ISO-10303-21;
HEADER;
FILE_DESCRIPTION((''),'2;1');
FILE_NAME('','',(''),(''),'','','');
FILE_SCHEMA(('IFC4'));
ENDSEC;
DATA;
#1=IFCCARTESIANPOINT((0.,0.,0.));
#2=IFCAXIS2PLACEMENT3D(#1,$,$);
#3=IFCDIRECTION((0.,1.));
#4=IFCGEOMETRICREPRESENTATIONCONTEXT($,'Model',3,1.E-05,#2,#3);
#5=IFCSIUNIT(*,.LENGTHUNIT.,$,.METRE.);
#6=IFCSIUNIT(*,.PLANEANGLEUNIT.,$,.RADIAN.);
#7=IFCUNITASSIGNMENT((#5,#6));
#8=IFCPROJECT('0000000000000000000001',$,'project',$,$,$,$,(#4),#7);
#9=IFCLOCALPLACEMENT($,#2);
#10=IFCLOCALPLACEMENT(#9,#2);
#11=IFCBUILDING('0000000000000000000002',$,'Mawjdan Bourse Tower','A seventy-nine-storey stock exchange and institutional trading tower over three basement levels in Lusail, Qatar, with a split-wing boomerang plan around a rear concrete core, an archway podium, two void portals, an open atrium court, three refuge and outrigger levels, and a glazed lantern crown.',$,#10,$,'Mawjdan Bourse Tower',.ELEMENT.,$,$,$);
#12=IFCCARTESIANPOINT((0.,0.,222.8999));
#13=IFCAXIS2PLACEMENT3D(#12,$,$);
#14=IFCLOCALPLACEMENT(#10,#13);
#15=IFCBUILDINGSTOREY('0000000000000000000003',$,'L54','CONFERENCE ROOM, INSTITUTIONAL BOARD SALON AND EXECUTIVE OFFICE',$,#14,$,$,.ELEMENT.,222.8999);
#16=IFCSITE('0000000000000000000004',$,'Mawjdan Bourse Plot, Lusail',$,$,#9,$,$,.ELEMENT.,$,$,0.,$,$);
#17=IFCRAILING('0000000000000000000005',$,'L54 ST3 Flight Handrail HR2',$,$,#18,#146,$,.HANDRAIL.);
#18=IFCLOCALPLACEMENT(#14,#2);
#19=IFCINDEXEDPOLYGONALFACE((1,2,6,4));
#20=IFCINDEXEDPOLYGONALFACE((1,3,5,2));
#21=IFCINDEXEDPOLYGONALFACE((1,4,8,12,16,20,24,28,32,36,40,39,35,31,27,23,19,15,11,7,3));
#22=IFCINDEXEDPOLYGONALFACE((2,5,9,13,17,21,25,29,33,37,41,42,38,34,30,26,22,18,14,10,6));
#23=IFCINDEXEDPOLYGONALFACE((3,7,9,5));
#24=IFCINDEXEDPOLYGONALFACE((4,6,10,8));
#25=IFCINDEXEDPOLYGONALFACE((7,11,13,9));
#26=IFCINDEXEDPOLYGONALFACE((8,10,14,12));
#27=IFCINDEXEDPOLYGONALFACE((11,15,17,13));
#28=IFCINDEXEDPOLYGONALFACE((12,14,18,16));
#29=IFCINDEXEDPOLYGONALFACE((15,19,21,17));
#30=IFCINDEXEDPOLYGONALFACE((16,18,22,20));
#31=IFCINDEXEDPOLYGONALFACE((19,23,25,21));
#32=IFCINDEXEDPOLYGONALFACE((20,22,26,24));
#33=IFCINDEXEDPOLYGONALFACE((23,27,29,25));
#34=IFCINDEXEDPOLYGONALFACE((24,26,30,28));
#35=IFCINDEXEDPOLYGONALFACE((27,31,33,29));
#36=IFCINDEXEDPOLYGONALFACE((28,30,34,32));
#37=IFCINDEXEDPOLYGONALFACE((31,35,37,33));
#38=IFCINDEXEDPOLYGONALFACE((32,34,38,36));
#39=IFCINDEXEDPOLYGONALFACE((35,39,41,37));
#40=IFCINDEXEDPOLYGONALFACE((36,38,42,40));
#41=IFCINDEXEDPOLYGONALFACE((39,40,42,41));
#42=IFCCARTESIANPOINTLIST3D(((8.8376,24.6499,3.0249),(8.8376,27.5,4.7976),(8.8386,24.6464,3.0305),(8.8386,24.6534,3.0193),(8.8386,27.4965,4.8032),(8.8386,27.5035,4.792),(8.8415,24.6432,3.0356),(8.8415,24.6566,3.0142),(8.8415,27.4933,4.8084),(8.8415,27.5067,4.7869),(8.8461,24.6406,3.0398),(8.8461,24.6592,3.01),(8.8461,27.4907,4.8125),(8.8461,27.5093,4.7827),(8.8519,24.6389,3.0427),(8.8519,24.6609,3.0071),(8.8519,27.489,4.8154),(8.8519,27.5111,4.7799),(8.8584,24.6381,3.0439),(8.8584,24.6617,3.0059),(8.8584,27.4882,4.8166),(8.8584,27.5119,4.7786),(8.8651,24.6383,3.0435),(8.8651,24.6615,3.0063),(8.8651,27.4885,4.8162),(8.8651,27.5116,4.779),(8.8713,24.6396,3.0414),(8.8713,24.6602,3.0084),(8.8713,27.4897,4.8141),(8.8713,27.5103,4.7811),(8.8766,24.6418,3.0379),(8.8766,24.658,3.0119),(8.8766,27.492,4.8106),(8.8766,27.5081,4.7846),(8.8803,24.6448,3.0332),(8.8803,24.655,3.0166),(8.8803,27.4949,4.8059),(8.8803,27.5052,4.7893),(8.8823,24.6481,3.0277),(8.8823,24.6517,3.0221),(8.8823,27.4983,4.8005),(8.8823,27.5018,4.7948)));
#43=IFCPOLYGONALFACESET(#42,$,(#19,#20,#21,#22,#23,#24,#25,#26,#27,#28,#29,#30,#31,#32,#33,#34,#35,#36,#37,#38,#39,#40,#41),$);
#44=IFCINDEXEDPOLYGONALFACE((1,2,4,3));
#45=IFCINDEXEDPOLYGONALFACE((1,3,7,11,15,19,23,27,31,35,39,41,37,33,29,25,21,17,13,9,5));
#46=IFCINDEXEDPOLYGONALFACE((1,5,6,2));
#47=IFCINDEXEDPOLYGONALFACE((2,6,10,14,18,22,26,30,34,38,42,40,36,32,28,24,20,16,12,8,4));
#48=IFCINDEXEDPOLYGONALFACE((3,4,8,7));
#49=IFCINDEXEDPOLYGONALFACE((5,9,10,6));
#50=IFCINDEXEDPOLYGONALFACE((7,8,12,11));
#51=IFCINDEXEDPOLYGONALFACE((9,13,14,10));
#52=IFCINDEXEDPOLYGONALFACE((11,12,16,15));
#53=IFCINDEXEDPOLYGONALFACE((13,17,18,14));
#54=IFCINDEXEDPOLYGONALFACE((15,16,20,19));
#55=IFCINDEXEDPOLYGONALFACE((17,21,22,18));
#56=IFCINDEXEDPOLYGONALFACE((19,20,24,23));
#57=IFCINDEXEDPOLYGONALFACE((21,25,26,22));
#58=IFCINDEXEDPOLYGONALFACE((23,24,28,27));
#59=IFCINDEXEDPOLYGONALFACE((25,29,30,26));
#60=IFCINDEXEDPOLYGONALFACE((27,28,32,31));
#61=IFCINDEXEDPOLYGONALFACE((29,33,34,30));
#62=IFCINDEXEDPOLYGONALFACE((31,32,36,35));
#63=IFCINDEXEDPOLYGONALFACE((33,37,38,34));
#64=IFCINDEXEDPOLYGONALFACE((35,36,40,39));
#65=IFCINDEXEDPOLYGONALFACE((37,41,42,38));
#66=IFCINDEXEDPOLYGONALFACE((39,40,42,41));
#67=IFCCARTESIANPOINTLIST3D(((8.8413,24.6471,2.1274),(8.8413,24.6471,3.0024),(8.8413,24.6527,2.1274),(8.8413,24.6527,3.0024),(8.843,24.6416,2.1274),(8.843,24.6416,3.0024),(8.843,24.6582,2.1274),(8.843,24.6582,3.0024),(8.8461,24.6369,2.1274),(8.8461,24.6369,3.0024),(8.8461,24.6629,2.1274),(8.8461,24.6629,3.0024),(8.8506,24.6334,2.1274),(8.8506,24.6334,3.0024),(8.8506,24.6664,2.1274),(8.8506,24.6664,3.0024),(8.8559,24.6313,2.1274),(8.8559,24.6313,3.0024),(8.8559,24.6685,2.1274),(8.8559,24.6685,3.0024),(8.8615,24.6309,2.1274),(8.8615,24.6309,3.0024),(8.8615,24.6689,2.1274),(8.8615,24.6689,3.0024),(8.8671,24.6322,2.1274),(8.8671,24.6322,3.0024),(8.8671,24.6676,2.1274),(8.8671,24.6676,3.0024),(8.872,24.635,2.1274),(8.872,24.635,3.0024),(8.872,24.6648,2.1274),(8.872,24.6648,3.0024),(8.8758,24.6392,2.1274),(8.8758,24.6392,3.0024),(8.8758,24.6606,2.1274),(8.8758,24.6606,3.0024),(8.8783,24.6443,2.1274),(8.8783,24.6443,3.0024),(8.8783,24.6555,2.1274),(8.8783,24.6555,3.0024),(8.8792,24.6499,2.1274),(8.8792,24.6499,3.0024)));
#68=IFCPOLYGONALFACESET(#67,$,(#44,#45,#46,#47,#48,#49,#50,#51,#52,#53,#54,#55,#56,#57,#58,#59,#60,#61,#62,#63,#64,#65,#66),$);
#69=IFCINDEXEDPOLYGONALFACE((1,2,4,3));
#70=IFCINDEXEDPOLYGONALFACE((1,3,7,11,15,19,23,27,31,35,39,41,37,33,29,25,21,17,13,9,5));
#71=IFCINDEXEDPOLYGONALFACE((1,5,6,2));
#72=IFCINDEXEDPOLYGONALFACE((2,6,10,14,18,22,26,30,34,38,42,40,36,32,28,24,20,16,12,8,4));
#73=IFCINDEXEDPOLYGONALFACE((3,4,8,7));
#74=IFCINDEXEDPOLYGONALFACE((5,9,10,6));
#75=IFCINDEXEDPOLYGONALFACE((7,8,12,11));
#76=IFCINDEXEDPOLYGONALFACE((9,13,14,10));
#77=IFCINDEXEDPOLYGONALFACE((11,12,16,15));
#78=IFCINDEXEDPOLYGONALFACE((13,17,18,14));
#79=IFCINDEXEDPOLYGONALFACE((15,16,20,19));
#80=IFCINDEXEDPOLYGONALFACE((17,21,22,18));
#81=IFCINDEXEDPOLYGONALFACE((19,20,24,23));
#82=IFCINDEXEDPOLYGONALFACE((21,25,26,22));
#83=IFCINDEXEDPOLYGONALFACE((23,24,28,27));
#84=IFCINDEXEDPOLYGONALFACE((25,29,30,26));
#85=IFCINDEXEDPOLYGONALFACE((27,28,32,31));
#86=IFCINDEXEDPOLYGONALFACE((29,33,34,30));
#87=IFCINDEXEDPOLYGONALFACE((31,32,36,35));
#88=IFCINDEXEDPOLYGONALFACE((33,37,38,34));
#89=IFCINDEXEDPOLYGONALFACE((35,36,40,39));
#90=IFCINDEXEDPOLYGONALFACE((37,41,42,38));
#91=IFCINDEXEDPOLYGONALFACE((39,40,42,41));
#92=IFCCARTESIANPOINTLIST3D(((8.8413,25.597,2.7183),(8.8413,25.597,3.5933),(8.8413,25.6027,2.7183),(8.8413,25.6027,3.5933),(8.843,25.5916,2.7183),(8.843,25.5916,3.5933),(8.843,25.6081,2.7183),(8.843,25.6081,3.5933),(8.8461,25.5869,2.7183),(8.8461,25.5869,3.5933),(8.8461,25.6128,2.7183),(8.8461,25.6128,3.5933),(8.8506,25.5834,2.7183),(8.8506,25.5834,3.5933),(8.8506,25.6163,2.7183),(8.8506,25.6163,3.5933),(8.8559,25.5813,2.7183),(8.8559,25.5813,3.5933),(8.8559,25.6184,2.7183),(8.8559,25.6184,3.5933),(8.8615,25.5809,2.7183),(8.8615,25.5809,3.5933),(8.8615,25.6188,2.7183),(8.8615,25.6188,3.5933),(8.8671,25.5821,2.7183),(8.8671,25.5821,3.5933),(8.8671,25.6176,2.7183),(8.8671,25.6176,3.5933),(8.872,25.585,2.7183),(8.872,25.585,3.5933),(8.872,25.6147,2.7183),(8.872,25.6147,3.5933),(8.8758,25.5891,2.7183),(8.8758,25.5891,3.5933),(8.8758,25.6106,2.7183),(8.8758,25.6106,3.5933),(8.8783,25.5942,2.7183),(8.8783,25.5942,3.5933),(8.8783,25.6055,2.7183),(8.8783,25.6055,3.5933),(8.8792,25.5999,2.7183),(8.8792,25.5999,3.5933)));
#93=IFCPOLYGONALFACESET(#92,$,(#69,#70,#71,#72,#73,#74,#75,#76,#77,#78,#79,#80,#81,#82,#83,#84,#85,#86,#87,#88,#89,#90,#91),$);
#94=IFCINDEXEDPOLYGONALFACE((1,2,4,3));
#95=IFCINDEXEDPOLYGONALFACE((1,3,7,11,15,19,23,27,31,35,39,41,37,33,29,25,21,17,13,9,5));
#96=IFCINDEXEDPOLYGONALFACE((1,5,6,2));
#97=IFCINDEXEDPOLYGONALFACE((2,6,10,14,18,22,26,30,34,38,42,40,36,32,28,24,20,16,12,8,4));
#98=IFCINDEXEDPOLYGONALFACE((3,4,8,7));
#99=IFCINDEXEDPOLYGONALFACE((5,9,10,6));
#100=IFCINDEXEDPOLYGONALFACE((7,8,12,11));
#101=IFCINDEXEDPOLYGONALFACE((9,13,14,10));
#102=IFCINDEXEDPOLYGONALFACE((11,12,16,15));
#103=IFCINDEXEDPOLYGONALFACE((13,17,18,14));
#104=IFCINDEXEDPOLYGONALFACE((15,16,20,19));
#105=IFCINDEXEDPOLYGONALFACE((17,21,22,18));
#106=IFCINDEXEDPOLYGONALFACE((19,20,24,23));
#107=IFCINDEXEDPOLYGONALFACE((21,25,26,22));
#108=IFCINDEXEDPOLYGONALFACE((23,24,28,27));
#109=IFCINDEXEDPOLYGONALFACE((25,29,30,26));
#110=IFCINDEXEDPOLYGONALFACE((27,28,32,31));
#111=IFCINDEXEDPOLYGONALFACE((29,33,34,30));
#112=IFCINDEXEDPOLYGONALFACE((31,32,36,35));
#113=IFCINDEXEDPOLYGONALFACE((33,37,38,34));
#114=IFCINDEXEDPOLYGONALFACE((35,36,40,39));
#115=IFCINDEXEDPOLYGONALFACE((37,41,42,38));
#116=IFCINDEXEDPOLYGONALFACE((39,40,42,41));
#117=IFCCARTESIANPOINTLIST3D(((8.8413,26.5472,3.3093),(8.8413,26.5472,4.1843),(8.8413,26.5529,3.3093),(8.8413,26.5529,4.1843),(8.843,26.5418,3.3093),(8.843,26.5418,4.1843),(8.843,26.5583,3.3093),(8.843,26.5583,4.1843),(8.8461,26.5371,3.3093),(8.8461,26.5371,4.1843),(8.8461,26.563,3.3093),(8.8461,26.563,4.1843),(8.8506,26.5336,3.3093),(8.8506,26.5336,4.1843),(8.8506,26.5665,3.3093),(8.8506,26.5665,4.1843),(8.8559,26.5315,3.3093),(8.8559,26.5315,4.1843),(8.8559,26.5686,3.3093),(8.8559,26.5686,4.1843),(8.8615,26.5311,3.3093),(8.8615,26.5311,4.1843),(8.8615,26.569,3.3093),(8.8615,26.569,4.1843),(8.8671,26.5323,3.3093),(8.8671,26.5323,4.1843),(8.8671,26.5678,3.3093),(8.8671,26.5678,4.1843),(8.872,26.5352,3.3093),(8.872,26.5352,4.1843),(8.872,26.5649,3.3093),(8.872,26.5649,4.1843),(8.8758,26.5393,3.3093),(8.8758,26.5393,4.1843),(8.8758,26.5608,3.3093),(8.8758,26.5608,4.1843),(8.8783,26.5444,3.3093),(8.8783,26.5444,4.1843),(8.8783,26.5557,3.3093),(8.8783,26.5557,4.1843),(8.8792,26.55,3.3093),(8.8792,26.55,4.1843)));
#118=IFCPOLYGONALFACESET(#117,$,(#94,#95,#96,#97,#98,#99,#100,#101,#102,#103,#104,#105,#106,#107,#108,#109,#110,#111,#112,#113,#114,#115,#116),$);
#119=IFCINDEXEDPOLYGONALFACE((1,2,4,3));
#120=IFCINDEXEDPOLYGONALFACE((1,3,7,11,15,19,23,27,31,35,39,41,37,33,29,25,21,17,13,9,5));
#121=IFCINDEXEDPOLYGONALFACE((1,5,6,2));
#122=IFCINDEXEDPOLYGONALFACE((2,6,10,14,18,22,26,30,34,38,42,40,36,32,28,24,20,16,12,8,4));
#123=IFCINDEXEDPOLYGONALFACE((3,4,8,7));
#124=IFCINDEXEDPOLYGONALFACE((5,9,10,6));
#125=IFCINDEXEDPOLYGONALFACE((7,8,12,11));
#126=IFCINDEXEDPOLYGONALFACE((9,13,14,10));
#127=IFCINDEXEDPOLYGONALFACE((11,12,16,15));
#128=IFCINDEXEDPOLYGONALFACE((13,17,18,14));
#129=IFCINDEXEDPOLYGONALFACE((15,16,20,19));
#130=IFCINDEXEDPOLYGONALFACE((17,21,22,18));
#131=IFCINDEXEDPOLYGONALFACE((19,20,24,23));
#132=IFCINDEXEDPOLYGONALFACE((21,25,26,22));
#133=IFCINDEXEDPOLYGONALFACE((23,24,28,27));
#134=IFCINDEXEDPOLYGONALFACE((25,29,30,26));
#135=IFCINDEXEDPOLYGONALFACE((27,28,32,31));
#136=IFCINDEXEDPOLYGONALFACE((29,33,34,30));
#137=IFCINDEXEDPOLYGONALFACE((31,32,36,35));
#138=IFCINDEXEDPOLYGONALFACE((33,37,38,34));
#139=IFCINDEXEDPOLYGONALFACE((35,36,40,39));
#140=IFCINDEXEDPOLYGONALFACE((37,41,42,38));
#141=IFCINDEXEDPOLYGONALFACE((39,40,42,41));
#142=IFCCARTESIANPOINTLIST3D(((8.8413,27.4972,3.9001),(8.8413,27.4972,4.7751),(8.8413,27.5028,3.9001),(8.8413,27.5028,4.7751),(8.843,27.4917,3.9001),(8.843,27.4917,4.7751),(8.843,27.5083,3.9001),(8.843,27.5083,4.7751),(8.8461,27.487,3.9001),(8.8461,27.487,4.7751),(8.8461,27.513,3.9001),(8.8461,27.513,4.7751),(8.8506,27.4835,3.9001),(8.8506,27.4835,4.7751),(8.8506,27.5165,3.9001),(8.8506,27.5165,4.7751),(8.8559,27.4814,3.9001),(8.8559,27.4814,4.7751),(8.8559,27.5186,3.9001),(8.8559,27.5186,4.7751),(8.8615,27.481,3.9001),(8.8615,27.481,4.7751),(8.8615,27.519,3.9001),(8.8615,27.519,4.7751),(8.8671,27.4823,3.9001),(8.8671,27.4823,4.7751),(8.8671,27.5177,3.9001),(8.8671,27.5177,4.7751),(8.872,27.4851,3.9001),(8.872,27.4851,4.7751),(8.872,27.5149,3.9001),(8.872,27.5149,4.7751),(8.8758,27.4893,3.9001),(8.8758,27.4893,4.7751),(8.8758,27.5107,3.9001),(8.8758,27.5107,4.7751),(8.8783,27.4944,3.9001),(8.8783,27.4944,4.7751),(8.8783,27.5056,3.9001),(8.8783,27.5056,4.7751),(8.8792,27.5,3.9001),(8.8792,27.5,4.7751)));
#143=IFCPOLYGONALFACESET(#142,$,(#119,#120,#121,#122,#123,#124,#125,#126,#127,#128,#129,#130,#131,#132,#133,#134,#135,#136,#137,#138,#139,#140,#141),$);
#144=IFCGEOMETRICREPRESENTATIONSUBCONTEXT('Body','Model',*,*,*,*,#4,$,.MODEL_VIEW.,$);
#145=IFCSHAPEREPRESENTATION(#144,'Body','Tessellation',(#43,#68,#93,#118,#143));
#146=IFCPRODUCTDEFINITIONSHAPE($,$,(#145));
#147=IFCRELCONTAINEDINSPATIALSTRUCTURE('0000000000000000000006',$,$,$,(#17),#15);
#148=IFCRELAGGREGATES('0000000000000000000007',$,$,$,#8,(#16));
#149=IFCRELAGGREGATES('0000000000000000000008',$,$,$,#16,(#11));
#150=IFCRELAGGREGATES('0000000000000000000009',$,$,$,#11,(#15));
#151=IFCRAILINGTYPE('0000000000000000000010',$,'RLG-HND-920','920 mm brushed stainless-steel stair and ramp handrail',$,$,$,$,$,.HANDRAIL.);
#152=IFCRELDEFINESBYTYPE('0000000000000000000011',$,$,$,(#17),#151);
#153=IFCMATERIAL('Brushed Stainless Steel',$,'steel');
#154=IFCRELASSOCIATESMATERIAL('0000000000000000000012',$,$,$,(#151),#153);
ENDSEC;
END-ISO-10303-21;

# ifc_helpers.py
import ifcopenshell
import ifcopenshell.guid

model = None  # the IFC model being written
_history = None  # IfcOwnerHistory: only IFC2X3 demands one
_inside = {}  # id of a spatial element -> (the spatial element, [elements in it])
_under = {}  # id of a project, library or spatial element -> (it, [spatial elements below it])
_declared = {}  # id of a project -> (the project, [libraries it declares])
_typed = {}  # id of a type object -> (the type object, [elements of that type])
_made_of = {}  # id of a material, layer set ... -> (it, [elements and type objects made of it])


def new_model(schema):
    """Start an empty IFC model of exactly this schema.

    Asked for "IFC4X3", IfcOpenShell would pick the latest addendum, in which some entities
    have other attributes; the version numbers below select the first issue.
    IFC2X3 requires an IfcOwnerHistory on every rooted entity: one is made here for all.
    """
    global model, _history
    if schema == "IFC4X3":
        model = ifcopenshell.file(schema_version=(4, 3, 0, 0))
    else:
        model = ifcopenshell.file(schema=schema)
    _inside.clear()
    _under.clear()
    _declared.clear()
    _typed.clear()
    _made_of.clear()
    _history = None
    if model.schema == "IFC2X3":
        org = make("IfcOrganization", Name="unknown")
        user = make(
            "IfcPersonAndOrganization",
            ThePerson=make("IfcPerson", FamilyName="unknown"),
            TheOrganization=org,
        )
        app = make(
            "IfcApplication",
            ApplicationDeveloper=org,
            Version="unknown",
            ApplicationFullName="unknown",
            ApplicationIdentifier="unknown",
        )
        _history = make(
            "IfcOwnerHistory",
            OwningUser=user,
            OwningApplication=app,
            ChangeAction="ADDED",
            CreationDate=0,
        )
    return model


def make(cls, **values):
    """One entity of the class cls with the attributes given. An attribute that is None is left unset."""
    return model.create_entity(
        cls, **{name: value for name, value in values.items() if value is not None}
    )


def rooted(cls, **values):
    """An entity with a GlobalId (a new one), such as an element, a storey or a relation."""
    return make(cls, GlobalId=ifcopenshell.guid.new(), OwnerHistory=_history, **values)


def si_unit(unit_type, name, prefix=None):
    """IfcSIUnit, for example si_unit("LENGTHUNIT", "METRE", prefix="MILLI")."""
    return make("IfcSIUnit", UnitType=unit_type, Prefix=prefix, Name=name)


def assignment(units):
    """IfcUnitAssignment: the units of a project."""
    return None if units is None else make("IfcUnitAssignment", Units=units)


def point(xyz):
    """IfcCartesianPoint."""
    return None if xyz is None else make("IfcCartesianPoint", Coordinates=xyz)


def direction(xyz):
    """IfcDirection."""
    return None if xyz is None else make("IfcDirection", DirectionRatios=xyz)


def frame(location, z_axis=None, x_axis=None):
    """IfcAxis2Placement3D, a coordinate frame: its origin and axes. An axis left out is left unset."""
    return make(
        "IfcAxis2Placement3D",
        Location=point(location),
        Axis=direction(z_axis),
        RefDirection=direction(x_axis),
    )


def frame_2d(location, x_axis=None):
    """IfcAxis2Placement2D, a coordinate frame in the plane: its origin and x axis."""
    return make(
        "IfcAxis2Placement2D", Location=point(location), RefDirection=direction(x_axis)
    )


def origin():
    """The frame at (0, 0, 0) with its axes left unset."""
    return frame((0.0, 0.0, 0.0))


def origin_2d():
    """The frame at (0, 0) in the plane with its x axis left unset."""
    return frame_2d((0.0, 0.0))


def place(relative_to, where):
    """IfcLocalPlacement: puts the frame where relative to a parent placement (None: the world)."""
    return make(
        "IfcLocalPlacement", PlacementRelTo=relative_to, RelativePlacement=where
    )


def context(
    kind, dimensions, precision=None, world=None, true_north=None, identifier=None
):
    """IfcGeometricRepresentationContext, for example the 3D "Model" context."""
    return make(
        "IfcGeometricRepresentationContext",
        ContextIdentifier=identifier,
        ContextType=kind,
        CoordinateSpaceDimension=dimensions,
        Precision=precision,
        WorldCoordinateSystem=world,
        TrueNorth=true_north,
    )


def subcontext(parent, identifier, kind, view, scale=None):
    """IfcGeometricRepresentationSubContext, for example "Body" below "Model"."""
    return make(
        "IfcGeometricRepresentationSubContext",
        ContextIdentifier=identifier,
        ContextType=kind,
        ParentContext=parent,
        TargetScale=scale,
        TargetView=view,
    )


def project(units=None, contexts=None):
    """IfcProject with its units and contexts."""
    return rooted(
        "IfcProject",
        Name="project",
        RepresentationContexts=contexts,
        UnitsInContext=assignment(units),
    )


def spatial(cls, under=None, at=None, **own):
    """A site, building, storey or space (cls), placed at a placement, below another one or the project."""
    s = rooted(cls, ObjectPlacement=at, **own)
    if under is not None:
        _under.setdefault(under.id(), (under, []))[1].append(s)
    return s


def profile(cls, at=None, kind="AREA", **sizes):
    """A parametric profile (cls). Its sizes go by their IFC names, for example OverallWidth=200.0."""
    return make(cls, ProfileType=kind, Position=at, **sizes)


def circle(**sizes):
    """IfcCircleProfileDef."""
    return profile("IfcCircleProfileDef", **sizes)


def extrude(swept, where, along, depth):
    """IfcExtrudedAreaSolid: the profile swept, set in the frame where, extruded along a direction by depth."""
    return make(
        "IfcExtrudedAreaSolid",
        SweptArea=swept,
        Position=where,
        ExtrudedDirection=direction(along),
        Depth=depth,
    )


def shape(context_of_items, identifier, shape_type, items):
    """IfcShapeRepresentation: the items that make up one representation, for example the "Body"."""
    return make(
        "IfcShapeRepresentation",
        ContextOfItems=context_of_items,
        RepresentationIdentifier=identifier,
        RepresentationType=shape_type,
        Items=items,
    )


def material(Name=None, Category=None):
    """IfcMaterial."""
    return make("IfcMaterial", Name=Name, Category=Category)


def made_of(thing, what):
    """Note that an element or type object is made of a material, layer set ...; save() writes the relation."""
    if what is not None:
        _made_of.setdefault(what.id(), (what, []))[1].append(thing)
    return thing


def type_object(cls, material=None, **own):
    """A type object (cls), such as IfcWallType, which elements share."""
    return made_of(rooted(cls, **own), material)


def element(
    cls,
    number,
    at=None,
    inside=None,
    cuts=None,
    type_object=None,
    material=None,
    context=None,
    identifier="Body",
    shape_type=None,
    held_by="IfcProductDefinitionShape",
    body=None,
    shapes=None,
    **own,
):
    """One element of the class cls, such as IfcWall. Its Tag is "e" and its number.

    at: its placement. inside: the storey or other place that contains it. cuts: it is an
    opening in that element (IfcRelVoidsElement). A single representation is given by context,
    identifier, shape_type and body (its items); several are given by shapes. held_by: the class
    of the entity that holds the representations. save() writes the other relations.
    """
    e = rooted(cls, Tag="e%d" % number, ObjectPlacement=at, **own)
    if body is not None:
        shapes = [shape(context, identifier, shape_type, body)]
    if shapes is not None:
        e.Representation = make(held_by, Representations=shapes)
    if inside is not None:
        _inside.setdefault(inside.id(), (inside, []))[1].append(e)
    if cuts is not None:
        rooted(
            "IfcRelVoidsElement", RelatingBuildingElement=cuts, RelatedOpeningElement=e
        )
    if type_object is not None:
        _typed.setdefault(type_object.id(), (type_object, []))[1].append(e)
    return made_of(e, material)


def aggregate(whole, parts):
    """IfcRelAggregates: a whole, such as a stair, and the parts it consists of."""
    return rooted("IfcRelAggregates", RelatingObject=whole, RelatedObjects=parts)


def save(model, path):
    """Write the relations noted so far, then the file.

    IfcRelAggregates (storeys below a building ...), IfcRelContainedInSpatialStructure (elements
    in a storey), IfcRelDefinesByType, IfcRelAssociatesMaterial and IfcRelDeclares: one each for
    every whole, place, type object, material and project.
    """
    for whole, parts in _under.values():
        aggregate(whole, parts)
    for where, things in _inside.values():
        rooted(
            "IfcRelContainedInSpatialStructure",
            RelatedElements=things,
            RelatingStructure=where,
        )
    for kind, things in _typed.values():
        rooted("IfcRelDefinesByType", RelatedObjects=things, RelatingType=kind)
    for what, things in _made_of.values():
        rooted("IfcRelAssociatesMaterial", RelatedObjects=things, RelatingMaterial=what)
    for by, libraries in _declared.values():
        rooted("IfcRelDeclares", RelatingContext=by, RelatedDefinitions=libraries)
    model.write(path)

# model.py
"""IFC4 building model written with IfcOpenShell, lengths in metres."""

from ifc_helpers import new_model, si_unit, direction, frame, origin, origin_2d, place, context, subcontext, project, spatial, circle, extrude, material, type_object, element, save


model = new_model("IFC4")

# Units and contexts
model_context = context("Model", 3, precision=1e-05, world=origin(), true_north=direction((0.0, 1.0)))
body_context = subcontext(model_context, "Body", "Model", "MODEL_VIEW")
ifc_project = project(units=[si_unit("LENGTHUNIT", "METRE"), si_unit("PLANEANGLEUNIT", "RADIAN")], contexts=[model_context])

# Site, building, storey
site_placement = place(None, origin())
site = spatial("IfcSite", under=ifc_project, at=site_placement, Name="Mawjdan Bourse Plot, Lusail", CompositionType="ELEMENT", RefElevation=0.0)
building_placement = place(site_placement, origin())
building = spatial("IfcBuilding", under=site, at=building_placement, Name="Mawjdan Bourse Tower", Description="A seventy-nine-storey stock exchange and institutional trading tower over three basement levels in Lusail, Qatar, with a split-wing boomerang plan around a rear concrete core, an archway podium, two void portals, an open atrium court, three refuge and outrigger levels, and a glazed lantern crown.", LongName="Mawjdan Bourse Tower", CompositionType="ELEMENT")
storey_placement = place(building_placement, frame((0.0, 0.0, 222.8999)))
storey = spatial("IfcBuildingStorey", under=building, at=storey_placement, Name="L54", Description="CONFERENCE ROOM, INSTITUTIONAL BOARD SALON AND EXECUTIVE OFFICE", CompositionType="ELEMENT", Elevation=222.8999)

# Shared definitions
ifc_material_1 = material(Name="Brushed Stainless Steel", Category="steel")

# Railing
railing_type_1 = type_object("IfcRailingType", Name="RLG-HND-920", Description="920 mm brushed stainless-steel stair and ramp handrail", PredefinedType="HANDRAIL", material=ifc_material_1)
railing_1_placement = place(storey_placement, frame((8.8601, 24.6499, 2.1274)))
element("IfcRailing", 1, at=railing_1_placement, inside=storey, type_object=railing_type_1, Name="L54 ST3 Flight Handrail HR2", PredefinedType="HANDRAIL", context=body_context, shape_type="SweptSolid", body=[
    extrude(circle(Radius=0.0225, at=origin_2d()), frame((0.0, 0.0, 0.8975), z_axis=(0.0, 0.849149, 0.528154), x_axis=(-1.0, 0.0, 0.0)), (0.0, 0.0, 1.0), 3.3564),
    extrude(circle(Radius=0.019, at=origin_2d()), origin(), (0.0, 0.0, 1.0), 0.875),
    extrude(circle(Radius=0.019, at=origin_2d()), frame((0.0, 0.95, 0.5908)), (0.0, 0.0, 1.0), 0.875),
    extrude(circle(Radius=0.019, at=origin_2d()), frame((0.0, 1.9001, 1.1819)), (0.0, 0.0, 1.0), 0.875),
    extrude(circle(Radius=0.019, at=origin_2d()), frame((0.0, 2.8501, 1.7727)), (0.0, 0.0, 1.0), 0.875),
])

save(model, "model.ifc")
